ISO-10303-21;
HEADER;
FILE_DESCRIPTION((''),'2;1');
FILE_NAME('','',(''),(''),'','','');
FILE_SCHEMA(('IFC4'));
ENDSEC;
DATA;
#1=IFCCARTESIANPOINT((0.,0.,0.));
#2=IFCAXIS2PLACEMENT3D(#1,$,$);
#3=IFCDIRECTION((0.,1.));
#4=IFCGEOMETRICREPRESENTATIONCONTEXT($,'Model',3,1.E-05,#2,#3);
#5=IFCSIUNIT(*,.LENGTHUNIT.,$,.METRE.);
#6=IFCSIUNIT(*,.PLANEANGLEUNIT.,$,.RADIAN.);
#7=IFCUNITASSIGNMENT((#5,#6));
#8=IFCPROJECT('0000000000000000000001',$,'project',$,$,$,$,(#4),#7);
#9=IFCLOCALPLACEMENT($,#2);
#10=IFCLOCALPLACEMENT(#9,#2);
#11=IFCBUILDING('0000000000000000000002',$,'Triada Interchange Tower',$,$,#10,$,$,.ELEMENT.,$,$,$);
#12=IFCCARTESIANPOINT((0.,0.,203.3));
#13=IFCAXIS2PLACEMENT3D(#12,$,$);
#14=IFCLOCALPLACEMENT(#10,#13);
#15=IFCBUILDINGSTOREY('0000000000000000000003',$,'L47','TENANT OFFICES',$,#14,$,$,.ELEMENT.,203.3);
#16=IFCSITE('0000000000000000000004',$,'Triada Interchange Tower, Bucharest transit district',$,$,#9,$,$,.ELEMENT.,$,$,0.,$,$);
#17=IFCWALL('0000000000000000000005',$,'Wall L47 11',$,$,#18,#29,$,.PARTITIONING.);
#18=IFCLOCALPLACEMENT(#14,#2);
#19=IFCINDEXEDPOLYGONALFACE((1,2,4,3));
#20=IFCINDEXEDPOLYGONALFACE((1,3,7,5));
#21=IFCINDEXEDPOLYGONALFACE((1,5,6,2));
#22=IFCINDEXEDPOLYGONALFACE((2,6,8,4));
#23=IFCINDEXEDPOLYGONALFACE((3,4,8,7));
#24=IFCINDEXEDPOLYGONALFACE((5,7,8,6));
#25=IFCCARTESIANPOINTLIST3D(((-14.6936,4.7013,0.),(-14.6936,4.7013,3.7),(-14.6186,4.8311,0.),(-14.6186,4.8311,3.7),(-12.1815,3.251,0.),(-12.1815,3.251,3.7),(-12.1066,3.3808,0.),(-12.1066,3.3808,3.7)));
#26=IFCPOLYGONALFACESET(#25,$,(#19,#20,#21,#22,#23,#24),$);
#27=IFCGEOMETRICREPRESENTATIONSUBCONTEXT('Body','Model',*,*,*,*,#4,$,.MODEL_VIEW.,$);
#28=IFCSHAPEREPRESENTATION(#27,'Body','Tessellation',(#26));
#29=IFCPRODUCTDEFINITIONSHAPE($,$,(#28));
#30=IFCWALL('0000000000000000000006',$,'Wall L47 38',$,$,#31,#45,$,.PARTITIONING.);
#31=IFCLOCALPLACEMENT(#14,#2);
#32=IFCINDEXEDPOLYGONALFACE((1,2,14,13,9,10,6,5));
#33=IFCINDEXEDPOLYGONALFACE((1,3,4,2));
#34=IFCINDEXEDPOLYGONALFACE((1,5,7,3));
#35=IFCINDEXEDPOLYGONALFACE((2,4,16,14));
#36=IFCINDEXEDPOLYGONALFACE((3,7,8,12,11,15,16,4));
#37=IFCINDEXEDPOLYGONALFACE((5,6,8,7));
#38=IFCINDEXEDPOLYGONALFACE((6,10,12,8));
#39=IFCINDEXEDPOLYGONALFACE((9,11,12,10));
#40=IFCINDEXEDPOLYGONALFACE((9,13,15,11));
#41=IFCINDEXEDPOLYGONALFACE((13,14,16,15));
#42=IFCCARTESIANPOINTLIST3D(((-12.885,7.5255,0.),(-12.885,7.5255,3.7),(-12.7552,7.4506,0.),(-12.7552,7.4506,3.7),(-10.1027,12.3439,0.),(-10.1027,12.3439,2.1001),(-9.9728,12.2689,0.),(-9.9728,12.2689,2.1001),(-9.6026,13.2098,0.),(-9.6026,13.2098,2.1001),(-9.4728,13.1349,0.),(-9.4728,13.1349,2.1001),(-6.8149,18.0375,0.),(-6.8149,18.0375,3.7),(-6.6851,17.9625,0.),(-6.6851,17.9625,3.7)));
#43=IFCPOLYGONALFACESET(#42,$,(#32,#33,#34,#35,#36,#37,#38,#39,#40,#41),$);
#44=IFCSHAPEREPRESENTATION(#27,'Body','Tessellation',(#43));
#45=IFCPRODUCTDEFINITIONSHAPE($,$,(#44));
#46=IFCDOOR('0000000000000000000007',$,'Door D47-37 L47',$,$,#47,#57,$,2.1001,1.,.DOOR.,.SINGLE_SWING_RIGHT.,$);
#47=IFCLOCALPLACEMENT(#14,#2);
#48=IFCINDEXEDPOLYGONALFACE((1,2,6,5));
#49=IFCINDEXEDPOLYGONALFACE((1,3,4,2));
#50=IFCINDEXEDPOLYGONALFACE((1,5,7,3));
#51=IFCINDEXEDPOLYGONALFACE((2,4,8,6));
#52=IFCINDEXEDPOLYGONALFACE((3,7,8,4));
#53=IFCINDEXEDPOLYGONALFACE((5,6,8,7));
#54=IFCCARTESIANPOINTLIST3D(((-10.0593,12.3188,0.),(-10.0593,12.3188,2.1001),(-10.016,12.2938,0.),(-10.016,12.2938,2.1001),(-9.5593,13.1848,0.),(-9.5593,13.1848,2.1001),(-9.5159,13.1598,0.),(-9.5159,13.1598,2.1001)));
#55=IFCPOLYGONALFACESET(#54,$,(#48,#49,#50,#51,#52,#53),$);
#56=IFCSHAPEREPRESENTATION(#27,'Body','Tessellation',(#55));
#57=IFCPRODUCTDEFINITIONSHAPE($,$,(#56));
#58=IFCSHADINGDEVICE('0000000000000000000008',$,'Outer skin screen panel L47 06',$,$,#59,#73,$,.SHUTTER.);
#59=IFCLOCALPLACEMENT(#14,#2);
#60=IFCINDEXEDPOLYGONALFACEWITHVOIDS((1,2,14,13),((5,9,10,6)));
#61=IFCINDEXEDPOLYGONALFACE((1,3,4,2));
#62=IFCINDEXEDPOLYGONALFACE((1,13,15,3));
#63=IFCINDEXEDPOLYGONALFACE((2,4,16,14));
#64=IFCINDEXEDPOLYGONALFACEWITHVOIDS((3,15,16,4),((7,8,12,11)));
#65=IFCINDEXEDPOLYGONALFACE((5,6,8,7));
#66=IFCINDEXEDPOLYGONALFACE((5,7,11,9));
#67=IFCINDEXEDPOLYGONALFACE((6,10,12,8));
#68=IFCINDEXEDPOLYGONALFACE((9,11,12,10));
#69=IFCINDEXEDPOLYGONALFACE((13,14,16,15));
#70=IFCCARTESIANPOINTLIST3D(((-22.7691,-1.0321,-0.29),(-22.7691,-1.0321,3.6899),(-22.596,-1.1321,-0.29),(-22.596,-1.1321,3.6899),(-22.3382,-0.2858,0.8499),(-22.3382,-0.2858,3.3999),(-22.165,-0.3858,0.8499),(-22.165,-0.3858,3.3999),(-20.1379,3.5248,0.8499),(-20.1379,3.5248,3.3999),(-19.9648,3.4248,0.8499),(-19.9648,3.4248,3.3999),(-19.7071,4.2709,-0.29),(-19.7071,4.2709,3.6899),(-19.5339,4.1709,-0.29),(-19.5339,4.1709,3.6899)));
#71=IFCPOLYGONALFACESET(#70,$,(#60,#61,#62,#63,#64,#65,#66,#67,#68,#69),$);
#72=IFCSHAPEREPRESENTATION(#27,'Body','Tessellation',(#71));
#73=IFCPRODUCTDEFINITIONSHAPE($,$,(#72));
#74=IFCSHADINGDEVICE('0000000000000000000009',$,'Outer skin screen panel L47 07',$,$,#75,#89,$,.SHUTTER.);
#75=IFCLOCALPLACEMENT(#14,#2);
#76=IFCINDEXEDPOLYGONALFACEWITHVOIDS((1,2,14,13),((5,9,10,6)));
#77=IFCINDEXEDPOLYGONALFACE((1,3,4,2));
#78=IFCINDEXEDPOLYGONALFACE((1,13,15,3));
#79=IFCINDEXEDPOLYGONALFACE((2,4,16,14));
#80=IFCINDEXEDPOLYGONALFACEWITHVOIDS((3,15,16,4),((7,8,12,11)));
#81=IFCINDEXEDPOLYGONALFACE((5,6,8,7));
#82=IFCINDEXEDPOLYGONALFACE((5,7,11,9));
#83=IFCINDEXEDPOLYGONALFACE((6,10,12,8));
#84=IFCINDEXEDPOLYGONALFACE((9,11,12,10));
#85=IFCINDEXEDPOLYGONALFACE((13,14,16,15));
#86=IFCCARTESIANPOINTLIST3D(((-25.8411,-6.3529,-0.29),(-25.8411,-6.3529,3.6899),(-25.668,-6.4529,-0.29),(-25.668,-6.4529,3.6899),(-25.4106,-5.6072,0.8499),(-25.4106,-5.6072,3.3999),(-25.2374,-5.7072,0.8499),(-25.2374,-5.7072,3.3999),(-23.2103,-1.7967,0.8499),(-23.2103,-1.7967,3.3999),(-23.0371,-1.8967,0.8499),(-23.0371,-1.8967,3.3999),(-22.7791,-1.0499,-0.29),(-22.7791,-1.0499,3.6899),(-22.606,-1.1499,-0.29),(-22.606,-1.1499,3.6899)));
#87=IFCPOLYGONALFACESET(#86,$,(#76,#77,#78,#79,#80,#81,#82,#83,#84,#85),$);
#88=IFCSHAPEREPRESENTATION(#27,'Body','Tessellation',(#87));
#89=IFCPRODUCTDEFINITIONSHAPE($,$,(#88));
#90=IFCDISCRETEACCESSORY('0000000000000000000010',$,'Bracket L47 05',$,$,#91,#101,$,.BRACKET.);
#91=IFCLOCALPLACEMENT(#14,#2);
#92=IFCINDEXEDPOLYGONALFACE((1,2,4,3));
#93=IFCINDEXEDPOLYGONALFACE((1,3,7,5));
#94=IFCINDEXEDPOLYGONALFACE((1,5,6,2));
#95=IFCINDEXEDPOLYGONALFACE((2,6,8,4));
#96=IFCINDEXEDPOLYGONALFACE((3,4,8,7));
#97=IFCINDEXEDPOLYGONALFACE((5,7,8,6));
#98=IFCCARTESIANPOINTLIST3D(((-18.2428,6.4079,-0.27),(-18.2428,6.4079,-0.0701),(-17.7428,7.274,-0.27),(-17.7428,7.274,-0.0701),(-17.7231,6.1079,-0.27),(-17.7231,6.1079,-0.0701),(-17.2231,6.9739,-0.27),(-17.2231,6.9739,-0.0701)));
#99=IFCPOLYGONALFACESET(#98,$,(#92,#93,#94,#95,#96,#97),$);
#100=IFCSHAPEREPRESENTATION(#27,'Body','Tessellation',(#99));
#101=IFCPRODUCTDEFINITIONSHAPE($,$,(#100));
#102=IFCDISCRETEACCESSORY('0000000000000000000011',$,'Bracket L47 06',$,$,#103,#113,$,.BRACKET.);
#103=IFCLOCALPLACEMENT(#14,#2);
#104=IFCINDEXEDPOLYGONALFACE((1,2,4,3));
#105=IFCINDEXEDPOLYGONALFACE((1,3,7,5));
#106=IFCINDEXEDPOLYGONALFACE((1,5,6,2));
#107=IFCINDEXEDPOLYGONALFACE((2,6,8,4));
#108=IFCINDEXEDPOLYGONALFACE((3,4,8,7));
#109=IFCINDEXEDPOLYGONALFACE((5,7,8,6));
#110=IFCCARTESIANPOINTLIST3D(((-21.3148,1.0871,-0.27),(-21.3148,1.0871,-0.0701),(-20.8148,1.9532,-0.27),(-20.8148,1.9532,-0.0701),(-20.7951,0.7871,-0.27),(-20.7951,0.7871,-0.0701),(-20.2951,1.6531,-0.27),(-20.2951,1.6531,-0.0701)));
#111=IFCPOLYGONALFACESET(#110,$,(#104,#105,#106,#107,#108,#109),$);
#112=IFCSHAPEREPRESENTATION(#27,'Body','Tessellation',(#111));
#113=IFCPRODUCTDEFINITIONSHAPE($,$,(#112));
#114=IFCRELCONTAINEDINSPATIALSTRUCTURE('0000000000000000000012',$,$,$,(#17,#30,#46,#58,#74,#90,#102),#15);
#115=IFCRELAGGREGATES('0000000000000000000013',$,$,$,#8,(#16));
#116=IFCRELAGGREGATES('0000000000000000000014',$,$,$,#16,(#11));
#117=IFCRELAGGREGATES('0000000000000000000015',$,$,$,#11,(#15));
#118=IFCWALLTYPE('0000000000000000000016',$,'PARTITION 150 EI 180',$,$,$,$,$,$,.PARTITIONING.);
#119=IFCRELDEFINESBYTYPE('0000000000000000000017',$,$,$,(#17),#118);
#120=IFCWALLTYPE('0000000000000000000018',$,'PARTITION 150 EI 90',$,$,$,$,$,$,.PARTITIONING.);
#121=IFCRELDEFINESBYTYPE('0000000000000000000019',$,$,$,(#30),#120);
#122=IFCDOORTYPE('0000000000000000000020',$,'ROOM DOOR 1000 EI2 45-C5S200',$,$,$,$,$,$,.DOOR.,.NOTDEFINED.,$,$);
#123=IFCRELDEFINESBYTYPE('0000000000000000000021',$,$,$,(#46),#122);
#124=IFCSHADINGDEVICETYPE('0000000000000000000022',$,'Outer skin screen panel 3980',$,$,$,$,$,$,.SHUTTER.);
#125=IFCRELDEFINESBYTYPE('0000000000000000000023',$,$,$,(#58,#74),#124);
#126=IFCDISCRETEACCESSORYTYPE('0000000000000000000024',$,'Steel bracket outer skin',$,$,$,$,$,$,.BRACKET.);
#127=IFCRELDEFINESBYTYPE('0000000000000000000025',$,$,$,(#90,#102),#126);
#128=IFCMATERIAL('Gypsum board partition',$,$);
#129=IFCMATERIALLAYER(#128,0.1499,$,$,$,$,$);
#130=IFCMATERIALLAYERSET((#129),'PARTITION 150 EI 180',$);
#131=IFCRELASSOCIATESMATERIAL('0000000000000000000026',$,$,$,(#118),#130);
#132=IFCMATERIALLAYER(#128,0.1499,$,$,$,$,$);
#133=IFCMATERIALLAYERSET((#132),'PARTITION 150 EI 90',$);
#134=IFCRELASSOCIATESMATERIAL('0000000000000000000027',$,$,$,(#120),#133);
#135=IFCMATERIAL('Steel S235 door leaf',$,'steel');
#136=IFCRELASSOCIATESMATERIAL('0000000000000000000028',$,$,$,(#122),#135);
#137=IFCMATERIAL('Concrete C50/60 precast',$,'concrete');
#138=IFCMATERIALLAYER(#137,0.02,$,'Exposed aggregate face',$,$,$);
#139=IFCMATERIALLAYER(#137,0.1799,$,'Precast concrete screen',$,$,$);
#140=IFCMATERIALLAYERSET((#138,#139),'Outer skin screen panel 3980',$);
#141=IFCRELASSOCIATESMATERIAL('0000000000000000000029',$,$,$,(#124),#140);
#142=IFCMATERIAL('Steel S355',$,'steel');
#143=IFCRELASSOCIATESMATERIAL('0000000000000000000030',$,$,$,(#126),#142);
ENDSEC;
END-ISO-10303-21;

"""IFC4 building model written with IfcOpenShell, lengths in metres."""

from ifc_helpers import new_model, si_unit, direction, frame, frame_2d, origin, origin_2d, place, context, subcontext, project, spatial, polyline, rectangle, outline, extrude, material, layer, layer_set, type_object, element, fill, save


model = new_model("IFC4")

# Units and contexts
model_context = context("Model", 3, precision=1e-05, world=origin(), true_north=direction((0.0, 1.0)))
body_context = subcontext(model_context, "Body", "Model", "MODEL_VIEW")
ifc_project = project(units=[si_unit("LENGTHUNIT", "METRE"), si_unit("PLANEANGLEUNIT", "RADIAN")], contexts=[model_context])

# Site, building, storey
site_placement = place(None, origin())
site = spatial("IfcSite", under=ifc_project, at=site_placement, Name="Triada Interchange Tower, Bucharest transit district", CompositionType="ELEMENT", RefElevation=0.0)
building_placement = place(site_placement, origin())
building = spatial("IfcBuilding", under=site, at=building_placement, Name="Triada Interchange Tower", CompositionType="ELEMENT")
storey_placement = place(building_placement, frame((0.0, 0.0, 203.3)))
storey = spatial("IfcBuildingStorey", under=building, at=storey_placement, Name="L47", Description="TENANT OFFICES", CompositionType="ELEMENT", Elevation=203.3)

# Shared definitions
ifc_material_1 = material(Name="Steel S235 door leaf", Category="steel")

# Wall
ifc_material_2 = material(Name="Gypsum board partition")
ifc_layer_1 = layer(ifc_material_2, 0.1499)
ifc_layer_set_1 = layer_set([ifc_layer_1], Name="PARTITION 150 EI 180")
wall_type_1 = type_object("IfcWallType", Name="PARTITION 150 EI 180", PredefinedType="PARTITIONING", material=ifc_layer_set_1)
for number, where, z_axis, x_axis, name in (
    (1, (-14.656, 4.7661, 0.0), (0.0, 0.0, 1.0), (0.866038, -0.499977, 0.0), "Wall L47 11"),
):
    element("IfcWall", number, at=place(storey_placement, frame(where, z_axis=z_axis, x_axis=x_axis)), inside=storey, type_object=wall_type_1, Name=name, PredefinedType="PARTITIONING", context=body_context, shape_type="SweptSolid", body=[
        extrude(rectangle(XDim=2.9006, YDim=0.1499, at=frame_2d((1.4502, 0.0))), origin(), (0.0, 0.0, 1.0), 3.7),
    ])

# Wall, opening, door
ifc_layer_2 = layer(ifc_material_2, 0.1499)
ifc_layer_set_2 = layer_set([ifc_layer_2], Name="PARTITION 150 EI 90")
wall_type_2 = type_object("IfcWallType", Name="PARTITION 150 EI 90", PredefinedType="PARTITIONING", material=ifc_layer_set_2)
wall_1_placement = place(storey_placement, frame((-12.8201, 7.488, 0.0), z_axis=(0.0, 0.0, 1.0), x_axis=(0.500061, 0.86599, 0.0)))
wall_1 = element("IfcWall", 2, at=wall_1_placement, inside=storey, type_object=wall_type_2, Name="Wall L47 38", PredefinedType="PARTITIONING", context=body_context, shape_type="SweptSolid", body=[
    extrude(rectangle(XDim=12.1387, YDim=0.1499, at=frame_2d((6.0693, 0.0))), origin(), (0.0, 0.0, 1.0), 3.7),
])
opening_1_placement = place(wall_1_placement, frame((5.564, 0.0, 0.0)))
opening_1 = element("IfcOpeningElement", 3, at=opening_1_placement, cuts=wall_1, PredefinedType="OPENING", context=body_context, shape_type="SweptSolid", body=[
    extrude(rectangle(XDim=1.0, YDim=2.1001, at=frame_2d((0.5, 1.05))), frame((0.0, 0.085, 0.0), z_axis=(0.0, -1.0, 0.0), x_axis=(1.0, 0.0, 0.0)), (0.0, 0.0, 1.0), 0.1699),
])
door_type_1 = type_object("IfcDoorType", Name="ROOM DOOR 1000 EI2 45-C5S200", OperationType="NOTDEFINED", PredefinedType="DOOR", material=ifc_material_1)
door_1_placement = place(opening_1_placement, origin())
door_1 = element("IfcDoor", 4, at=door_1_placement, inside=storey, type_object=door_type_1, Name="Door D47-37 L47", OperationType="SINGLE_SWING_RIGHT", OverallHeight=2.1001, OverallWidth=1.0, PredefinedType="DOOR", context=body_context, shape_type="SweptSolid", body=[
    extrude(rectangle(XDim=1.0, YDim=2.1001, at=frame_2d((0.5, 1.05))), frame((0.0, 0.0249, 0.0), z_axis=(0.0, -1.0, 0.0), x_axis=(1.0, 0.0, 0.0)), (0.0, 0.0, 1.0), 0.05),
])
fill(opening_1, door_1)

# Shading devices
ifc_material_3 = material(Name="Concrete C50/60 precast", Category="concrete")
ifc_layer_3 = layer(ifc_material_3, 0.02, Name="Exposed aggregate face")
ifc_layer_4 = layer(ifc_material_3, 0.1799, Name="Precast concrete screen")
ifc_layer_set_3 = layer_set([ifc_layer_3, ifc_layer_4], Name="Outer skin screen panel 3980")
shading_device_type = type_object("IfcShadingDeviceType", Name="Outer skin screen panel 3980", PredefinedType="SHUTTER", material=ifc_layer_set_3)
shading_device_1_placement = place(storey_placement, frame((-19.5339, 4.1709, -0.29), z_axis=(0.0, 0.0, 1.0), x_axis=(-0.500041, -0.866002, 0.0)))
element("IfcShadingDevice", 5, at=shading_device_1_placement, inside=storey, type_object=shading_device_type, Name="Outer skin screen panel L47 06", PredefinedType="SHUTTER", context=body_context, shape_type="SweptSolid", body=[
    extrude(outline(polyline([(0.0, 0.0), (6.1235, 0.0), (6.1235, 3.98), (0.0, 3.98), (0.0, 0.0)]), holes=[polyline([(0.8616, 1.1399), (0.8616, 3.6899), (5.2617, 3.6899), (5.2617, 1.1399), (0.8616, 1.1399)])]), frame((0.0, 0.0, 0.0), z_axis=(0.0, -1.0, 0.0), x_axis=(1.0, 0.0, 0.0)), (0.0, 0.0, 1.0), 0.2),
])
shading_device_2_placement = place(storey_placement, frame((-22.606, -1.1499, -0.29), z_axis=(0.0, 0.0, 1.0), x_axis=(-0.500041, -0.866002, 0.0)))
element("IfcShadingDevice", 6, at=shading_device_2_placement, inside=storey, type_object=shading_device_type, Name="Outer skin screen panel L47 07", PredefinedType="SHUTTER", context=body_context, shape_type="SweptSolid", body=[
    extrude(outline(polyline([(0.0, 0.0), (6.1235, 0.0), (6.1235, 3.98), (0.0, 3.98), (0.0, 0.0)]), holes=[polyline([(0.8623, 1.1399), (0.8623, 3.6899), (5.2625, 3.6899), (5.2625, 1.1399), (0.8623, 1.1399)])]), frame((0.0, 0.0, 0.0), z_axis=(0.0, -1.0, 0.0), x_axis=(1.0, 0.0, 0.0)), (0.0, 0.0, 1.0), 0.2),
])

# Discrete accessories
ifc_material_4 = material(Name="Steel S355", Category="steel")
discrete_accessory_type = type_object("IfcDiscreteAccessoryType", Name="Steel bracket outer skin", PredefinedType="BRACKET", material=ifc_material_4)
for number, where, z_axis, x_axis, name in (
    (7, (-17.7329, 6.6909, -0.27), (0.0, 0.0, 1.0), (-0.866021, 0.500007, 0.0), "Bracket L47 05"),
    (8, (-20.8049, 1.3701, -0.27), (0.0, 0.0, 1.0), (-0.866021, 0.500007, 0.0), "Bracket L47 06"),
):
    element("IfcDiscreteAccessory", number, at=place(storey_placement, frame(where, z_axis=z_axis, x_axis=x_axis)), inside=storey, type_object=discrete_accessory_type, Name=name, PredefinedType="BRACKET", context=body_context, shape_type="SweptSolid", body=[
        extrude(rectangle(XDim=0.6001, YDim=1.0, at=origin_2d()), origin(), (0.0, 0.0, 1.0), 0.2),
    ])

save(model, "model.ifc")
